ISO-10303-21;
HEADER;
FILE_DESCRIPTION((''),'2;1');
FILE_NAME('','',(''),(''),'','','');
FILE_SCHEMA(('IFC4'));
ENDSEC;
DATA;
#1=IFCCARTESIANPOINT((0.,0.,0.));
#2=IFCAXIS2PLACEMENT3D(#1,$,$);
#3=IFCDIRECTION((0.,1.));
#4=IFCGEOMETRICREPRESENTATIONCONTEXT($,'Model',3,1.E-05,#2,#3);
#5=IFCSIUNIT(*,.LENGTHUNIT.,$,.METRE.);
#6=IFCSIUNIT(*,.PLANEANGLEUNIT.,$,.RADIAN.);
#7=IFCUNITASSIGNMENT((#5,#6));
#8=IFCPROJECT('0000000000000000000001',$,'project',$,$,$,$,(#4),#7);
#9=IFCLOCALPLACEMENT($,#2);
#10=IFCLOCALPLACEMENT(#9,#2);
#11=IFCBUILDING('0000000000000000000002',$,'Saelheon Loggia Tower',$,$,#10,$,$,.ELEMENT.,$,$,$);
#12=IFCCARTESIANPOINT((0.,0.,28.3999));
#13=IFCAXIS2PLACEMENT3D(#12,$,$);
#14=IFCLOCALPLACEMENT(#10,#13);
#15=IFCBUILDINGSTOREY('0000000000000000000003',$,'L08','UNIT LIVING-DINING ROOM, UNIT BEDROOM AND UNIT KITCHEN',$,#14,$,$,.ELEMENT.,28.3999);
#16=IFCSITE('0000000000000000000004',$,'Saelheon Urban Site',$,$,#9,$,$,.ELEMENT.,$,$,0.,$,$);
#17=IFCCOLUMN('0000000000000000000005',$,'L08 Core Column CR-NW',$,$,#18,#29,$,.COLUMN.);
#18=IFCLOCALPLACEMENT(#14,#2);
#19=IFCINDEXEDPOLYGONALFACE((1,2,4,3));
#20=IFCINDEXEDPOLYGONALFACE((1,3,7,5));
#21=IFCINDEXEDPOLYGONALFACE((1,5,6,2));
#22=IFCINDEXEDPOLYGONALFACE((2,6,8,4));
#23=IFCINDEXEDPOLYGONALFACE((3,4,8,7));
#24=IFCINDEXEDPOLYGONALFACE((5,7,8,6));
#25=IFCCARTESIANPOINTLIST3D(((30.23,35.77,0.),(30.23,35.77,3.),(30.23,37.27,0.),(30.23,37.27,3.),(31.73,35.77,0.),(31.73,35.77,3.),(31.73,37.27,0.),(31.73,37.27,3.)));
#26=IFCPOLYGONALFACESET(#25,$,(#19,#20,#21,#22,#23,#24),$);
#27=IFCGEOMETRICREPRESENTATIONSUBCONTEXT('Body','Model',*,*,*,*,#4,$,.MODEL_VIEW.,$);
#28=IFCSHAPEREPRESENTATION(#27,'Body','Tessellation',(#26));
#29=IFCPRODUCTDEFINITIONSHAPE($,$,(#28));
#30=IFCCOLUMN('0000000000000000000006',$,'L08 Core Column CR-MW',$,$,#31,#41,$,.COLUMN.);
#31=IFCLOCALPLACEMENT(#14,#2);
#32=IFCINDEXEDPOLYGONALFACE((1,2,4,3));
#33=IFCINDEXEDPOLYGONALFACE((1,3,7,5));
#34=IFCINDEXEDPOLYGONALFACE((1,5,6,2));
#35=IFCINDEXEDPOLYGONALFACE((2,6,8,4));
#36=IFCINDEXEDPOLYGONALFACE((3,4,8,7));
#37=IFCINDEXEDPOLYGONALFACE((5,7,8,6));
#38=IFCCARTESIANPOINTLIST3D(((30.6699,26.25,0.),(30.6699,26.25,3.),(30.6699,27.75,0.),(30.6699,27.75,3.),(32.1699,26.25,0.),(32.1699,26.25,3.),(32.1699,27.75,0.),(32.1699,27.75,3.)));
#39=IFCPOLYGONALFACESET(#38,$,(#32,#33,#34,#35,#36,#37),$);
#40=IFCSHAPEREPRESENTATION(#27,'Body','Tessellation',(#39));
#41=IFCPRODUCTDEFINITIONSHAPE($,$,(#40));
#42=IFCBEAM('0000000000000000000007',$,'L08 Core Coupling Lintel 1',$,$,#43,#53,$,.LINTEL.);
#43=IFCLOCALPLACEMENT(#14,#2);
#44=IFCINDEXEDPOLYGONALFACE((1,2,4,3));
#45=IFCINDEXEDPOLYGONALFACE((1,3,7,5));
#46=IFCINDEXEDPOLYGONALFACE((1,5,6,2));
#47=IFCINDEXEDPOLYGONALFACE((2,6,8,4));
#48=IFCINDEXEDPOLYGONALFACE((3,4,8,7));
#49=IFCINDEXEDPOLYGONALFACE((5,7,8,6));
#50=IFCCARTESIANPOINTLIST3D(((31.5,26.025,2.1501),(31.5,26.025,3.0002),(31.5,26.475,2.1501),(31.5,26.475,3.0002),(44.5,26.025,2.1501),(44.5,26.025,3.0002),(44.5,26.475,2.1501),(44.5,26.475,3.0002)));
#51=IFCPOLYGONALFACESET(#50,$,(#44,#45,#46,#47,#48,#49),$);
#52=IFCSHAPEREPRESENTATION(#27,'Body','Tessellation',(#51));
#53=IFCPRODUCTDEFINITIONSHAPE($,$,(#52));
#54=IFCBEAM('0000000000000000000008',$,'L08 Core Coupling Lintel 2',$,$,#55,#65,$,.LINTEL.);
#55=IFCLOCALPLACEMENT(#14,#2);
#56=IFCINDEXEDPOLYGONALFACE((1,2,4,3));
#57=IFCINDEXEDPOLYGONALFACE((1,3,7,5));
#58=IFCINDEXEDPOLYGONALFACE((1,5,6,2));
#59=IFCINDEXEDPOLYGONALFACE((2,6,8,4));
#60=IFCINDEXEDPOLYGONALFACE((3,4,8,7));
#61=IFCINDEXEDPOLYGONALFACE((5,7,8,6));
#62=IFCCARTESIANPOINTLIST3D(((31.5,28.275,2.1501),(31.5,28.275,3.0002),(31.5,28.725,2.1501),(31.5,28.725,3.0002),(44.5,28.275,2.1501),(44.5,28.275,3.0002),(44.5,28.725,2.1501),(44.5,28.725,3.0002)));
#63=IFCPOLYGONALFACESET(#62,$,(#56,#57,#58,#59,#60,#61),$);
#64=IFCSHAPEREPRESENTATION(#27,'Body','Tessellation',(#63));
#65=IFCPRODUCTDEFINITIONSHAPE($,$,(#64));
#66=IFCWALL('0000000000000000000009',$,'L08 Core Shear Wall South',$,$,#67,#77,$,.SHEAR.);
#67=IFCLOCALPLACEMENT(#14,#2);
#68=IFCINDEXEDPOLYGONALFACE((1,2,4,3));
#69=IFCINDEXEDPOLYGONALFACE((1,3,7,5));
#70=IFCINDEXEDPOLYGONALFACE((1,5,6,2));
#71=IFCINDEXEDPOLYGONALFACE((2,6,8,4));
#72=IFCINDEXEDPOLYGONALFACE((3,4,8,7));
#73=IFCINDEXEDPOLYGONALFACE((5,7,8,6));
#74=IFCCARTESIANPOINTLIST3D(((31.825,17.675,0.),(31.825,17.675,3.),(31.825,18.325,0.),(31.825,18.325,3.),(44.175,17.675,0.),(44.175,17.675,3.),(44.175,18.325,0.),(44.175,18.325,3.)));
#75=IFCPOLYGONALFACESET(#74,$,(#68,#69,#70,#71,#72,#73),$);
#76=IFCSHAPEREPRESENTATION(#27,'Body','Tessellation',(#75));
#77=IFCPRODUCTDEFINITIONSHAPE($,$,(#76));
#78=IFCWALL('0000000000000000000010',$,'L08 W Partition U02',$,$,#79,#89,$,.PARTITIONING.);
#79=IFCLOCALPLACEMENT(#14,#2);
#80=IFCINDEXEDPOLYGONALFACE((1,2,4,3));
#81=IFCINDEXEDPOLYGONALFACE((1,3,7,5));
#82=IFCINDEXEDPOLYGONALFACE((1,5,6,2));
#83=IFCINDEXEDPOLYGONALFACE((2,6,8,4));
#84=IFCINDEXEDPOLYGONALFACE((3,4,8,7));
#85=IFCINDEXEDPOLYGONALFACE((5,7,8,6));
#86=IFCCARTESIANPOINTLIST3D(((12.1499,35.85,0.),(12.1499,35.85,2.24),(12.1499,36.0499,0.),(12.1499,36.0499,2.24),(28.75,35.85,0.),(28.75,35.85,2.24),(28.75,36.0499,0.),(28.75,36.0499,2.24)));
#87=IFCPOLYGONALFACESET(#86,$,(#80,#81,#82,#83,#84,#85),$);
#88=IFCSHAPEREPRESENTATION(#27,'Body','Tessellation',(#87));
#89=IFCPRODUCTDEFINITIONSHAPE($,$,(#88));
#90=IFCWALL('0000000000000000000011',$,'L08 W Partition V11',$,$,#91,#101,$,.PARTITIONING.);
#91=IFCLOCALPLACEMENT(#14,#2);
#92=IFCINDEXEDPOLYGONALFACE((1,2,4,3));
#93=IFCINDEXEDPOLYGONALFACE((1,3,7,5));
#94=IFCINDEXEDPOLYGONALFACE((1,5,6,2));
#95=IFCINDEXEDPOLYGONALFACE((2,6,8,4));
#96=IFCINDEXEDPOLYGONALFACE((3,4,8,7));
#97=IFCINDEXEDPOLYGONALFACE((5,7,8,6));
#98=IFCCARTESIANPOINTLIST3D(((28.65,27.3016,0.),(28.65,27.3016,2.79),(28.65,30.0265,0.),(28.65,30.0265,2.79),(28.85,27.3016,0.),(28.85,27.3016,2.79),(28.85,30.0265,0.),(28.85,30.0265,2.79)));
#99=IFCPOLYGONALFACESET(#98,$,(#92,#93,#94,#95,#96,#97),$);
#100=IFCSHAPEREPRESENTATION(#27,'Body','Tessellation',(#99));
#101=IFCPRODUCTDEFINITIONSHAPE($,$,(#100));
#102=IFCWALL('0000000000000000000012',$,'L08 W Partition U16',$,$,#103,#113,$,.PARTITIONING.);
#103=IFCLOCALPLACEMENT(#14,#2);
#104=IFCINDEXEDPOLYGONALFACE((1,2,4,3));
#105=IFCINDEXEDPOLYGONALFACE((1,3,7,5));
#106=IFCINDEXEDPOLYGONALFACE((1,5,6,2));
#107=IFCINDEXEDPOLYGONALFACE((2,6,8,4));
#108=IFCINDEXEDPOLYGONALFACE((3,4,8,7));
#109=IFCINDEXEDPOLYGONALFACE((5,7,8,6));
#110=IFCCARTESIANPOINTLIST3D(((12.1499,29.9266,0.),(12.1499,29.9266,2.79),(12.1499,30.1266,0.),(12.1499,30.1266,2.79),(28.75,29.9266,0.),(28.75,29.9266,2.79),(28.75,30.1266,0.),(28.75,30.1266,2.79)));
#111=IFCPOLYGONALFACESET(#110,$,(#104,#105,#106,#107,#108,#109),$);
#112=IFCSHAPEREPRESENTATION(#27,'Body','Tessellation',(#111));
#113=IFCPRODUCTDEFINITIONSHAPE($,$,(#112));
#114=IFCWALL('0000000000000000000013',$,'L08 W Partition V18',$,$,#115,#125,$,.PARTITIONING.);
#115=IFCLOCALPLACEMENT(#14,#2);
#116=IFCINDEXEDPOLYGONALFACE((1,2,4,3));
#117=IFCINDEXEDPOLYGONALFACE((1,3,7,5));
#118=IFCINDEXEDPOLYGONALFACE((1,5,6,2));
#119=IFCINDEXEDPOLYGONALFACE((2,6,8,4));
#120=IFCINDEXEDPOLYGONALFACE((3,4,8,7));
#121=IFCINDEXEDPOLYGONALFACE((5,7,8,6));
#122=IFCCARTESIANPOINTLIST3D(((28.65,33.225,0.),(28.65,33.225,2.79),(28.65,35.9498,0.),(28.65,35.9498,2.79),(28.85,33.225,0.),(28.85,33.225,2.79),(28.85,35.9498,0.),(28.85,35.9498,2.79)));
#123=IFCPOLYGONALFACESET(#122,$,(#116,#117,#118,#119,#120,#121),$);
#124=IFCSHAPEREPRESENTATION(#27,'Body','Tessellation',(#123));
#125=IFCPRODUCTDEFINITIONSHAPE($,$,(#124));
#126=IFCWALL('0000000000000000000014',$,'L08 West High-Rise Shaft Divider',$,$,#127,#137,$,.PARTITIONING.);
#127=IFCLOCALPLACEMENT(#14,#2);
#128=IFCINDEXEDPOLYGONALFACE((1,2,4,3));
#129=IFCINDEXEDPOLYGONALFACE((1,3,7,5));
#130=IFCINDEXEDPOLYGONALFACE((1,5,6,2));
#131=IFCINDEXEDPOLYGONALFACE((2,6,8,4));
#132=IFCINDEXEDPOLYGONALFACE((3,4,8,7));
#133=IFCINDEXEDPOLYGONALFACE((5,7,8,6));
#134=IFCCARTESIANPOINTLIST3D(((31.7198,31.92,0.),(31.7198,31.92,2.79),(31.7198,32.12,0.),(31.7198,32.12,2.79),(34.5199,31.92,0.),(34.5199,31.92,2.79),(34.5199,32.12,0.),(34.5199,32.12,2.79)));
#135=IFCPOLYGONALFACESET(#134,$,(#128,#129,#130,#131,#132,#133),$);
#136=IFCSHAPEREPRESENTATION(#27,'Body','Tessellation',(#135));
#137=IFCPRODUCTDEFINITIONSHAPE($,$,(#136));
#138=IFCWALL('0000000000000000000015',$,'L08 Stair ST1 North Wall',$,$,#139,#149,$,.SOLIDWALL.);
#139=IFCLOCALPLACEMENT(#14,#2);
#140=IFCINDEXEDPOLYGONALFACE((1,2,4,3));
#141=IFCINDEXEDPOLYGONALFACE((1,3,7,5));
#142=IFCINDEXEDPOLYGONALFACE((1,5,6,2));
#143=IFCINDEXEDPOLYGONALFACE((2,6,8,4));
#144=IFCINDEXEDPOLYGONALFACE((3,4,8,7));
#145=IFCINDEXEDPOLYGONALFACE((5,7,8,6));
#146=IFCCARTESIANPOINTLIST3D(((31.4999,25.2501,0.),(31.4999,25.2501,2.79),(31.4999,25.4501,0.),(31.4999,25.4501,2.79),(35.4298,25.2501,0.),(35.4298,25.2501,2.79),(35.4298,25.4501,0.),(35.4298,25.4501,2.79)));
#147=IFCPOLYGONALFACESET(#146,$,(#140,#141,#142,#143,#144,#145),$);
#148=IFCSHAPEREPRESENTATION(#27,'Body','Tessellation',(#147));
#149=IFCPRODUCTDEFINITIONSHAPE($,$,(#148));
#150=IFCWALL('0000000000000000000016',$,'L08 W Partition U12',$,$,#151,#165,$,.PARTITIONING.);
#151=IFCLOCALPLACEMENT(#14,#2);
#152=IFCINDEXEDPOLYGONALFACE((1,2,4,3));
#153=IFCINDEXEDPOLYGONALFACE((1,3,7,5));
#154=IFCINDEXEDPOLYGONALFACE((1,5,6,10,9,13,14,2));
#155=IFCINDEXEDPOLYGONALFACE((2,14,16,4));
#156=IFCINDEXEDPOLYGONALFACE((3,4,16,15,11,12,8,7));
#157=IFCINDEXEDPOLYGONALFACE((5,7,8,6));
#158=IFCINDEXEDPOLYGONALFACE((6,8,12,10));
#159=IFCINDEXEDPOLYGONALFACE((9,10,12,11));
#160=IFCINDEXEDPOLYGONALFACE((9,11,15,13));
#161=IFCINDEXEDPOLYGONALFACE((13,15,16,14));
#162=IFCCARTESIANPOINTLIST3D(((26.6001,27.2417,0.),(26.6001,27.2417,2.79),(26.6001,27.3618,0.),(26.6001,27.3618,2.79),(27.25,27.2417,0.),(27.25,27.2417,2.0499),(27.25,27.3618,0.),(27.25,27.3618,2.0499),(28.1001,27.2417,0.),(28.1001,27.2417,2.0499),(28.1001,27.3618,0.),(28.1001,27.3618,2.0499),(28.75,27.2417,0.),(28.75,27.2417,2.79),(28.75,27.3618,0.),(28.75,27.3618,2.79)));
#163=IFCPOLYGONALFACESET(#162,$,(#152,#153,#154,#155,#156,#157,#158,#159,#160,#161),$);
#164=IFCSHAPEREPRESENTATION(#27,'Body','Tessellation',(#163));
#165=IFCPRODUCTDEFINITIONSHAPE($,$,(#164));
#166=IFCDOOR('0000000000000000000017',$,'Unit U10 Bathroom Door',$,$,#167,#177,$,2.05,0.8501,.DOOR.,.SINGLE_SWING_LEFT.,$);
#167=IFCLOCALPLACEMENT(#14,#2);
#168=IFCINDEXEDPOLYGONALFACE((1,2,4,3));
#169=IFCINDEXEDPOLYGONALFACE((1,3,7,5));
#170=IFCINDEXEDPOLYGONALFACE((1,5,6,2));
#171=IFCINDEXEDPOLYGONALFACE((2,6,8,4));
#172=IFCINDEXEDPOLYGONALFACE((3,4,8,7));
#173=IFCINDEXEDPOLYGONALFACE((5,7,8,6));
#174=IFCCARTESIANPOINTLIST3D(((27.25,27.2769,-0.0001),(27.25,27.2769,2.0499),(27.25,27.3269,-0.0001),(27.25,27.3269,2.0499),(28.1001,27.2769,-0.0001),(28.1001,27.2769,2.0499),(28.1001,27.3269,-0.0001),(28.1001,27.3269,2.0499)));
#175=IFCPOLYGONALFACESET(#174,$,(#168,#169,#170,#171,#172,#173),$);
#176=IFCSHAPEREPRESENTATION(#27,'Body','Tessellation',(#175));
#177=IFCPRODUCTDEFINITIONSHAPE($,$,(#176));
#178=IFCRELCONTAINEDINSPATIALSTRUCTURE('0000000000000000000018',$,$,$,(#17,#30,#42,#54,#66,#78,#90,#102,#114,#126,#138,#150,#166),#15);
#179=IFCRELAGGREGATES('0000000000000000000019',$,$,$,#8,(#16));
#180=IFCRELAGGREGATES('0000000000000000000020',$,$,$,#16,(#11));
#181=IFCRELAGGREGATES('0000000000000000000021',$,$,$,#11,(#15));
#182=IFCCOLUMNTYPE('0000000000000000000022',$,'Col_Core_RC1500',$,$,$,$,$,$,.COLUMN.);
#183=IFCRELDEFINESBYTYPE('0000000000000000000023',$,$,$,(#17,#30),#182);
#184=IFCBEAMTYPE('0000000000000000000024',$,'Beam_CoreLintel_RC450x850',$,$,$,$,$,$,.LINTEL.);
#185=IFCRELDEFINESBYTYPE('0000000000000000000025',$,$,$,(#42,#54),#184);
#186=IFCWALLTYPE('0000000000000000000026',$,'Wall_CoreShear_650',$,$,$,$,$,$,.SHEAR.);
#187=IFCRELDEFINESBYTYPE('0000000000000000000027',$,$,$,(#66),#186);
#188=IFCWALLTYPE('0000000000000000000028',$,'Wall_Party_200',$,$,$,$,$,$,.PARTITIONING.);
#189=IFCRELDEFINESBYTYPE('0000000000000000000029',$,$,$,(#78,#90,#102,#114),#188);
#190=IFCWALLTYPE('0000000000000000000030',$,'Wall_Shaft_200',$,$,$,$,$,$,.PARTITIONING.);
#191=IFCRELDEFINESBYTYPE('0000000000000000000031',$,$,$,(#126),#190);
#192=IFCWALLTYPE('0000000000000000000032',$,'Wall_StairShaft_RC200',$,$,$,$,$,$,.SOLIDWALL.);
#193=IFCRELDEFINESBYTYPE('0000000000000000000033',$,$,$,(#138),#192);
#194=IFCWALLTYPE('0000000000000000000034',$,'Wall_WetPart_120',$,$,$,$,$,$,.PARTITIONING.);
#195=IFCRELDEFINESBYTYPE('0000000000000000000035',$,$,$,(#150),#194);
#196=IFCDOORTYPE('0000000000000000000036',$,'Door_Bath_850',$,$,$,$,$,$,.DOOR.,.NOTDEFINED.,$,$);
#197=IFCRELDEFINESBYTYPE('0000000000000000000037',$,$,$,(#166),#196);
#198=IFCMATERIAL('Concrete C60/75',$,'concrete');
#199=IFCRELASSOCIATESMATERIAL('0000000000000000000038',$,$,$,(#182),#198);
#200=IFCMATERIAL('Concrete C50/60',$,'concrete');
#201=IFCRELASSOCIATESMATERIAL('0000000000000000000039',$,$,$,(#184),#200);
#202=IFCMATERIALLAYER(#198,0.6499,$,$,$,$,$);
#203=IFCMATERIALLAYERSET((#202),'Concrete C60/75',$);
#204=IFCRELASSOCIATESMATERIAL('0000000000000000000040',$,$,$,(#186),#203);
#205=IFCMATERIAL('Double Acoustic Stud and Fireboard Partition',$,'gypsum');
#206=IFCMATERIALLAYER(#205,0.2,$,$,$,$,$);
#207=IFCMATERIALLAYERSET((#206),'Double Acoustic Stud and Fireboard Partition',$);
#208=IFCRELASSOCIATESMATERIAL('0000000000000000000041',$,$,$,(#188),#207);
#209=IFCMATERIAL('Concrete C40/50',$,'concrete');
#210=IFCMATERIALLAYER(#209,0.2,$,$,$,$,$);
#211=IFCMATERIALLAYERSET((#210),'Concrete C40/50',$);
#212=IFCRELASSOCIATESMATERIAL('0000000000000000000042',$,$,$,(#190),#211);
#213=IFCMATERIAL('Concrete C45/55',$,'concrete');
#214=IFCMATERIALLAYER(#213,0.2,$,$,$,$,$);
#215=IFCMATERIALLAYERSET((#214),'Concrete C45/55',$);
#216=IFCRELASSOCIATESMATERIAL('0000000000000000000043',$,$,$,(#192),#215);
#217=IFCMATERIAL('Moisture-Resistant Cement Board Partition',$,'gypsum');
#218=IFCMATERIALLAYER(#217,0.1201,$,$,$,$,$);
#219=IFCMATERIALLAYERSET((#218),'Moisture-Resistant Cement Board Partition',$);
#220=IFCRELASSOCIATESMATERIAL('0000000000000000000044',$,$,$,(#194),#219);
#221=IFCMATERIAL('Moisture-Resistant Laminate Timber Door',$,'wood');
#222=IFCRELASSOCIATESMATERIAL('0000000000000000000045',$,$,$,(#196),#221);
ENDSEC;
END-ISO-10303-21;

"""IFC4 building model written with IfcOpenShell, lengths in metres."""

from ifc_helpers import new_model, si_unit, direction, frame, frame_2d, origin, origin_2d, place, context, subcontext, project, spatial, rectangle, extrude, source, transform, mapped, material, layer, layer_set, material_profile, profile_set, type_object, element, fill, save


model = new_model("IFC4")

# Units and contexts
model_context = context("Model", 3, precision=1e-05, world=origin(), true_north=direction((0.0, 1.0)))
body_context = subcontext(model_context, "Body", "Model", "MODEL_VIEW")
ifc_project = project(units=[si_unit("LENGTHUNIT", "METRE"), si_unit("PLANEANGLEUNIT", "RADIAN")], contexts=[model_context])

# Site, building, storey
site_placement = place(None, origin())
site = spatial("IfcSite", under=ifc_project, at=site_placement, Name="Saelheon Urban Site", CompositionType="ELEMENT", RefElevation=0.0)
building_placement = place(site_placement, origin())
building = spatial("IfcBuilding", under=site, at=building_placement, Name="Saelheon Loggia Tower", CompositionType="ELEMENT")
storey_placement = place(building_placement, frame((0.0, 0.0, 28.3999)))
storey = spatial("IfcBuildingStorey", under=building, at=storey_placement, Name="L08", Description="UNIT LIVING-DINING ROOM, UNIT BEDROOM AND UNIT KITCHEN", CompositionType="ELEMENT", Elevation=28.3999)

# Columns
ifc_material_1 = material(Name="Concrete C60/75", Category="concrete")
ifc_material_profile_1 = material_profile(ifc_material_1, rectangle(XDim=1.5, YDim=1.5, at=origin_2d()), Name="RC-1500x1500")
ifc_profile_set_1 = profile_set([ifc_material_profile_1], Name="Concrete C60/75")
column_type = type_object("IfcColumnType", Name="Col_Core_RC1500", PredefinedType="COLUMN", material=ifc_profile_set_1)
shared_shape_1 = source(origin(), body_context, "Body", "SweptSolid", [
    extrude(rectangle(XDim=1.5, YDim=1.5, at=origin_2d()), origin(), (0.0, 0.0, 1.0), 3.0),
])
for number, where, z_axis, x_axis, name in (
    (1, (30.98, 36.52, 0.0), (0.0, 0.0, 1.0), (1.0, 0.0, 0.0), "L08 Core Column CR-NW"),
    (2, (31.4199, 27.0, 0.0), (0.0, 0.0, 1.0), (1.0, 0.0, 0.0), "L08 Core Column CR-MW"),
):
    element("IfcColumn", number, at=place(storey_placement, frame(where, z_axis=z_axis, x_axis=x_axis)), inside=storey, type_object=column_type, Name=name, PredefinedType="COLUMN", context=body_context, shape_type="MappedRepresentation", body=[
        mapped(shared_shape_1, transform((0.0, 0.0, 0.0), scale=1.0)),
    ])

# Beams
ifc_material_2 = material(Name="Concrete C50/60", Category="concrete")
ifc_material_profile_2 = material_profile(ifc_material_2, rectangle(XDim=0.45, YDim=0.8501, at=origin_2d()), Name="RC-450x850")
ifc_profile_set_2 = profile_set([ifc_material_profile_2], Name="Concrete C50/60")
beam_type = type_object("IfcBeamType", Name="Beam_CoreLintel_RC450x850", PredefinedType="LINTEL", material=ifc_profile_set_2)
shared_shape_2 = source(origin(), body_context, "Body", "SweptSolid", [
    extrude(rectangle(XDim=0.45, YDim=0.8501, at=origin_2d()), origin(), (0.0, 0.0, 1.0), 13.0),
])
for number, where, z_axis, x_axis, name in (
    (3, (31.5, 26.25, 2.5752), (1.0, 0.0, 0.0), (0.0, 1.0, 0.0), "L08 Core Coupling Lintel 1"),
    (4, (31.5, 28.5, 2.5752), (1.0, 0.0, 0.0), (0.0, 1.0, 0.0), "L08 Core Coupling Lintel 2"),
):
    element("IfcBeam", number, at=place(storey_placement, frame(where, z_axis=z_axis, x_axis=x_axis)), inside=storey, type_object=beam_type, Name=name, PredefinedType="LINTEL", context=body_context, shape_type="MappedRepresentation", body=[
        mapped(shared_shape_2, transform((0.0, 0.0, 0.0), scale=1.0)),
    ])

# Wall
ifc_layer_1 = layer(ifc_material_1, 0.6499)
ifc_layer_set_1 = layer_set([ifc_layer_1], Name="Concrete C60/75")
wall_type_1 = type_object("IfcWallType", Name="Wall_CoreShear_650", PredefinedType="SHEAR", material=ifc_layer_set_1)
wall_1_placement = place(storey_placement, frame((31.825, 18.0, 0.0), z_axis=(0.0, 0.0, 1.0), x_axis=(1.0, 0.0, 0.0)))
element("IfcWall", 5, at=wall_1_placement, inside=storey, type_object=wall_type_1, Name="L08 Core Shear Wall South", PredefinedType="SHEAR", context=body_context, shape_type="SweptSolid", body=[
    extrude(rectangle(XDim=12.3501, YDim=0.6499, at=frame_2d((6.175, 0.0))), origin(), (0.0, 0.0, 1.0), 3.0),
])

# Walls
ifc_material_3 = material(Name="Double Acoustic Stud and Fireboard Partition", Category="gypsum")
ifc_layer_2 = layer(ifc_material_3, 0.2)
ifc_layer_set_2 = layer_set([ifc_layer_2], Name="Double Acoustic Stud and Fireboard Partition")
wall_type_2 = type_object("IfcWallType", Name="Wall_Party_200", PredefinedType="PARTITIONING", material=ifc_layer_set_2)
wall_2_placement = place(storey_placement, frame((28.75, 35.95, 0.0), z_axis=(0.0, 0.0, 1.0), x_axis=(-1.0, 0.0, 0.0)))
element("IfcWall", 6, at=wall_2_placement, inside=storey, type_object=wall_type_2, Name="L08 W Partition U02", PredefinedType="PARTITIONING", context=body_context, shape_type="SweptSolid", body=[
    extrude(rectangle(XDim=16.6001, YDim=0.2, at=frame_2d((8.3, 0.0))), origin(), (0.0, 0.0, 1.0), 2.24),
])
wall_3_placement = place(storey_placement, frame((28.75, 27.3018, 0.0), z_axis=(0.0, 0.0, 1.0), x_axis=(0.0, 1.0, 0.0)))
element("IfcWall", 7, at=wall_3_placement, inside=storey, type_object=wall_type_2, Name="L08 W Partition V11", PredefinedType="PARTITIONING", context=body_context, shape_type="SweptSolid", body=[
    extrude(rectangle(XDim=2.7249, YDim=0.2, at=frame_2d((1.3623, 0.0))), origin(), (0.0, 0.0, 1.0), 2.79),
])
wall_4_placement = place(storey_placement, frame((28.75, 30.0266, 0.0), z_axis=(0.0, 0.0, 1.0), x_axis=(-1.0, 0.0, 0.0)))
element("IfcWall", 8, at=wall_4_placement, inside=storey, type_object=wall_type_2, Name="L08 W Partition U16", PredefinedType="PARTITIONING", context=body_context, shape_type="SweptSolid", body=[
    extrude(rectangle(XDim=16.6001, YDim=0.2, at=frame_2d((8.3, 0.0))), origin(), (0.0, 0.0, 1.0), 2.79),
])

# Walls
wall_5_placement = place(storey_placement, frame((28.75, 33.2251, 0.0), z_axis=(0.0, 0.0, 1.0), x_axis=(0.0, 1.0, 0.0)))
element("IfcWall", 9, at=wall_5_placement, inside=storey, type_object=wall_type_2, Name="L08 W Partition V18", PredefinedType="PARTITIONING", context=body_context, shape_type="SweptSolid", body=[
    extrude(rectangle(XDim=2.7249, YDim=0.2, at=frame_2d((1.3623, 0.0))), origin(), (0.0, 0.0, 1.0), 2.79),
])
ifc_material_4 = material(Name="Concrete C40/50", Category="concrete")
ifc_layer_3 = layer(ifc_material_4, 0.2)
ifc_layer_set_3 = layer_set([ifc_layer_3], Name="Concrete C40/50")
wall_type_3 = type_object("IfcWallType", Name="Wall_Shaft_200", PredefinedType="PARTITIONING", material=ifc_layer_set_3)
wall_6_placement = place(storey_placement, frame((31.72, 32.02, 0.0), z_axis=(0.0, 0.0, 1.0), x_axis=(1.0, 0.0, 0.0)))
element("IfcWall", 10, at=wall_6_placement, inside=storey, type_object=wall_type_3, Name="L08 West High-Rise Shaft Divider", PredefinedType="PARTITIONING", context=body_context, shape_type="SweptSolid", body=[
    extrude(rectangle(XDim=2.8, YDim=0.2, at=frame_2d((1.3999, 0.0))), origin(), (0.0, 0.0, 1.0), 2.79),
])
ifc_material_5 = material(Name="Concrete C45/55", Category="concrete")
ifc_layer_4 = layer(ifc_material_5, 0.2)
ifc_layer_set_4 = layer_set([ifc_layer_4], Name="Concrete C45/55")
wall_type_4 = type_object("IfcWallType", Name="Wall_StairShaft_RC200", PredefinedType="SOLIDWALL", material=ifc_layer_set_4)
wall_7_placement = place(storey_placement, frame((31.5, 25.3501, 0.0), z_axis=(0.0, 0.0, 1.0), x_axis=(1.0, 0.0, 0.0)))
element("IfcWall", 11, at=wall_7_placement, inside=storey, type_object=wall_type_4, Name="L08 Stair ST1 North Wall", PredefinedType="SOLIDWALL", context=body_context, shape_type="SweptSolid", body=[
    extrude(rectangle(XDim=3.9299, YDim=0.2, at=frame_2d((1.9648, 0.0))), origin(), (0.0, 0.0, 1.0), 2.79),
])

# Wall, opening, door
ifc_material_6 = material(Name="Moisture-Resistant Cement Board Partition", Category="gypsum")
ifc_layer_5 = layer(ifc_material_6, 0.1201)
ifc_layer_set_5 = layer_set([ifc_layer_5], Name="Moisture-Resistant Cement Board Partition")
wall_type_5 = type_object("IfcWallType", Name="Wall_WetPart_120", PredefinedType="PARTITIONING", material=ifc_layer_set_5)
wall_8_placement = place(storey_placement, frame((28.75, 27.3018, 0.0), z_axis=(0.0, 0.0, 1.0), x_axis=(-1.0, 0.0, 0.0)))
wall_8 = element("IfcWall", 12, at=wall_8_placement, inside=storey, type_object=wall_type_5, Name="L08 W Partition U12", PredefinedType="PARTITIONING", context=body_context, shape_type="SweptSolid", body=[
    extrude(rectangle(XDim=2.1499, YDim=0.1201, at=frame_2d((1.075, 0.0))), origin(), (0.0, 0.0, 1.0), 2.79),
])
opening_1_placement = place(wall_8_placement, frame((0.6499, 0.0, 0.0)))
opening_1 = element("IfcOpeningElement", 13, at=opening_1_placement, cuts=wall_8, PredefinedType="OPENING", context=body_context, shape_type="SweptSolid", body=[
    extrude(rectangle(XDim=0.8501, YDim=2.05, at=frame_2d((0.425, 1.0249))), frame((0.0, 0.072, 0.0), z_axis=(0.0, -1.0, 0.0), x_axis=(1.0, 0.0, 0.0)), (0.0, 0.0, 1.0), 0.144),
])
ifc_material_7 = material(Name="Moisture-Resistant Laminate Timber Door", Category="wood")
door_type_1 = type_object("IfcDoorType", Name="Door_Bath_850", OperationType="NOTDEFINED", PredefinedType="DOOR", material=ifc_material_7)
shared_shape_3 = source(origin(), body_context, "Body", "SweptSolid", [
    extrude(rectangle(XDim=0.8501, YDim=2.05, at=frame_2d((0.425, 1.0249))), frame((0.0, 0.0249, 0.0), z_axis=(0.0, -1.0, 0.0), x_axis=(1.0, 0.0, 0.0)), (0.0, 0.0, 1.0), 0.05),
])
door_1_placement = place(opening_1_placement, origin())
door_1 = element("IfcDoor", 14, at=door_1_placement, inside=storey, type_object=door_type_1, Name="Unit U10 Bathroom Door", OperationType="SINGLE_SWING_LEFT", OverallHeight=2.05, OverallWidth=0.8501, PredefinedType="DOOR", context=body_context, shape_type="MappedRepresentation", body=[
    mapped(shared_shape_3, transform((0.0, 0.0, 0.0), scale=1.0)),
])
fill(opening_1, door_1)

save(model, "model.ifc")
